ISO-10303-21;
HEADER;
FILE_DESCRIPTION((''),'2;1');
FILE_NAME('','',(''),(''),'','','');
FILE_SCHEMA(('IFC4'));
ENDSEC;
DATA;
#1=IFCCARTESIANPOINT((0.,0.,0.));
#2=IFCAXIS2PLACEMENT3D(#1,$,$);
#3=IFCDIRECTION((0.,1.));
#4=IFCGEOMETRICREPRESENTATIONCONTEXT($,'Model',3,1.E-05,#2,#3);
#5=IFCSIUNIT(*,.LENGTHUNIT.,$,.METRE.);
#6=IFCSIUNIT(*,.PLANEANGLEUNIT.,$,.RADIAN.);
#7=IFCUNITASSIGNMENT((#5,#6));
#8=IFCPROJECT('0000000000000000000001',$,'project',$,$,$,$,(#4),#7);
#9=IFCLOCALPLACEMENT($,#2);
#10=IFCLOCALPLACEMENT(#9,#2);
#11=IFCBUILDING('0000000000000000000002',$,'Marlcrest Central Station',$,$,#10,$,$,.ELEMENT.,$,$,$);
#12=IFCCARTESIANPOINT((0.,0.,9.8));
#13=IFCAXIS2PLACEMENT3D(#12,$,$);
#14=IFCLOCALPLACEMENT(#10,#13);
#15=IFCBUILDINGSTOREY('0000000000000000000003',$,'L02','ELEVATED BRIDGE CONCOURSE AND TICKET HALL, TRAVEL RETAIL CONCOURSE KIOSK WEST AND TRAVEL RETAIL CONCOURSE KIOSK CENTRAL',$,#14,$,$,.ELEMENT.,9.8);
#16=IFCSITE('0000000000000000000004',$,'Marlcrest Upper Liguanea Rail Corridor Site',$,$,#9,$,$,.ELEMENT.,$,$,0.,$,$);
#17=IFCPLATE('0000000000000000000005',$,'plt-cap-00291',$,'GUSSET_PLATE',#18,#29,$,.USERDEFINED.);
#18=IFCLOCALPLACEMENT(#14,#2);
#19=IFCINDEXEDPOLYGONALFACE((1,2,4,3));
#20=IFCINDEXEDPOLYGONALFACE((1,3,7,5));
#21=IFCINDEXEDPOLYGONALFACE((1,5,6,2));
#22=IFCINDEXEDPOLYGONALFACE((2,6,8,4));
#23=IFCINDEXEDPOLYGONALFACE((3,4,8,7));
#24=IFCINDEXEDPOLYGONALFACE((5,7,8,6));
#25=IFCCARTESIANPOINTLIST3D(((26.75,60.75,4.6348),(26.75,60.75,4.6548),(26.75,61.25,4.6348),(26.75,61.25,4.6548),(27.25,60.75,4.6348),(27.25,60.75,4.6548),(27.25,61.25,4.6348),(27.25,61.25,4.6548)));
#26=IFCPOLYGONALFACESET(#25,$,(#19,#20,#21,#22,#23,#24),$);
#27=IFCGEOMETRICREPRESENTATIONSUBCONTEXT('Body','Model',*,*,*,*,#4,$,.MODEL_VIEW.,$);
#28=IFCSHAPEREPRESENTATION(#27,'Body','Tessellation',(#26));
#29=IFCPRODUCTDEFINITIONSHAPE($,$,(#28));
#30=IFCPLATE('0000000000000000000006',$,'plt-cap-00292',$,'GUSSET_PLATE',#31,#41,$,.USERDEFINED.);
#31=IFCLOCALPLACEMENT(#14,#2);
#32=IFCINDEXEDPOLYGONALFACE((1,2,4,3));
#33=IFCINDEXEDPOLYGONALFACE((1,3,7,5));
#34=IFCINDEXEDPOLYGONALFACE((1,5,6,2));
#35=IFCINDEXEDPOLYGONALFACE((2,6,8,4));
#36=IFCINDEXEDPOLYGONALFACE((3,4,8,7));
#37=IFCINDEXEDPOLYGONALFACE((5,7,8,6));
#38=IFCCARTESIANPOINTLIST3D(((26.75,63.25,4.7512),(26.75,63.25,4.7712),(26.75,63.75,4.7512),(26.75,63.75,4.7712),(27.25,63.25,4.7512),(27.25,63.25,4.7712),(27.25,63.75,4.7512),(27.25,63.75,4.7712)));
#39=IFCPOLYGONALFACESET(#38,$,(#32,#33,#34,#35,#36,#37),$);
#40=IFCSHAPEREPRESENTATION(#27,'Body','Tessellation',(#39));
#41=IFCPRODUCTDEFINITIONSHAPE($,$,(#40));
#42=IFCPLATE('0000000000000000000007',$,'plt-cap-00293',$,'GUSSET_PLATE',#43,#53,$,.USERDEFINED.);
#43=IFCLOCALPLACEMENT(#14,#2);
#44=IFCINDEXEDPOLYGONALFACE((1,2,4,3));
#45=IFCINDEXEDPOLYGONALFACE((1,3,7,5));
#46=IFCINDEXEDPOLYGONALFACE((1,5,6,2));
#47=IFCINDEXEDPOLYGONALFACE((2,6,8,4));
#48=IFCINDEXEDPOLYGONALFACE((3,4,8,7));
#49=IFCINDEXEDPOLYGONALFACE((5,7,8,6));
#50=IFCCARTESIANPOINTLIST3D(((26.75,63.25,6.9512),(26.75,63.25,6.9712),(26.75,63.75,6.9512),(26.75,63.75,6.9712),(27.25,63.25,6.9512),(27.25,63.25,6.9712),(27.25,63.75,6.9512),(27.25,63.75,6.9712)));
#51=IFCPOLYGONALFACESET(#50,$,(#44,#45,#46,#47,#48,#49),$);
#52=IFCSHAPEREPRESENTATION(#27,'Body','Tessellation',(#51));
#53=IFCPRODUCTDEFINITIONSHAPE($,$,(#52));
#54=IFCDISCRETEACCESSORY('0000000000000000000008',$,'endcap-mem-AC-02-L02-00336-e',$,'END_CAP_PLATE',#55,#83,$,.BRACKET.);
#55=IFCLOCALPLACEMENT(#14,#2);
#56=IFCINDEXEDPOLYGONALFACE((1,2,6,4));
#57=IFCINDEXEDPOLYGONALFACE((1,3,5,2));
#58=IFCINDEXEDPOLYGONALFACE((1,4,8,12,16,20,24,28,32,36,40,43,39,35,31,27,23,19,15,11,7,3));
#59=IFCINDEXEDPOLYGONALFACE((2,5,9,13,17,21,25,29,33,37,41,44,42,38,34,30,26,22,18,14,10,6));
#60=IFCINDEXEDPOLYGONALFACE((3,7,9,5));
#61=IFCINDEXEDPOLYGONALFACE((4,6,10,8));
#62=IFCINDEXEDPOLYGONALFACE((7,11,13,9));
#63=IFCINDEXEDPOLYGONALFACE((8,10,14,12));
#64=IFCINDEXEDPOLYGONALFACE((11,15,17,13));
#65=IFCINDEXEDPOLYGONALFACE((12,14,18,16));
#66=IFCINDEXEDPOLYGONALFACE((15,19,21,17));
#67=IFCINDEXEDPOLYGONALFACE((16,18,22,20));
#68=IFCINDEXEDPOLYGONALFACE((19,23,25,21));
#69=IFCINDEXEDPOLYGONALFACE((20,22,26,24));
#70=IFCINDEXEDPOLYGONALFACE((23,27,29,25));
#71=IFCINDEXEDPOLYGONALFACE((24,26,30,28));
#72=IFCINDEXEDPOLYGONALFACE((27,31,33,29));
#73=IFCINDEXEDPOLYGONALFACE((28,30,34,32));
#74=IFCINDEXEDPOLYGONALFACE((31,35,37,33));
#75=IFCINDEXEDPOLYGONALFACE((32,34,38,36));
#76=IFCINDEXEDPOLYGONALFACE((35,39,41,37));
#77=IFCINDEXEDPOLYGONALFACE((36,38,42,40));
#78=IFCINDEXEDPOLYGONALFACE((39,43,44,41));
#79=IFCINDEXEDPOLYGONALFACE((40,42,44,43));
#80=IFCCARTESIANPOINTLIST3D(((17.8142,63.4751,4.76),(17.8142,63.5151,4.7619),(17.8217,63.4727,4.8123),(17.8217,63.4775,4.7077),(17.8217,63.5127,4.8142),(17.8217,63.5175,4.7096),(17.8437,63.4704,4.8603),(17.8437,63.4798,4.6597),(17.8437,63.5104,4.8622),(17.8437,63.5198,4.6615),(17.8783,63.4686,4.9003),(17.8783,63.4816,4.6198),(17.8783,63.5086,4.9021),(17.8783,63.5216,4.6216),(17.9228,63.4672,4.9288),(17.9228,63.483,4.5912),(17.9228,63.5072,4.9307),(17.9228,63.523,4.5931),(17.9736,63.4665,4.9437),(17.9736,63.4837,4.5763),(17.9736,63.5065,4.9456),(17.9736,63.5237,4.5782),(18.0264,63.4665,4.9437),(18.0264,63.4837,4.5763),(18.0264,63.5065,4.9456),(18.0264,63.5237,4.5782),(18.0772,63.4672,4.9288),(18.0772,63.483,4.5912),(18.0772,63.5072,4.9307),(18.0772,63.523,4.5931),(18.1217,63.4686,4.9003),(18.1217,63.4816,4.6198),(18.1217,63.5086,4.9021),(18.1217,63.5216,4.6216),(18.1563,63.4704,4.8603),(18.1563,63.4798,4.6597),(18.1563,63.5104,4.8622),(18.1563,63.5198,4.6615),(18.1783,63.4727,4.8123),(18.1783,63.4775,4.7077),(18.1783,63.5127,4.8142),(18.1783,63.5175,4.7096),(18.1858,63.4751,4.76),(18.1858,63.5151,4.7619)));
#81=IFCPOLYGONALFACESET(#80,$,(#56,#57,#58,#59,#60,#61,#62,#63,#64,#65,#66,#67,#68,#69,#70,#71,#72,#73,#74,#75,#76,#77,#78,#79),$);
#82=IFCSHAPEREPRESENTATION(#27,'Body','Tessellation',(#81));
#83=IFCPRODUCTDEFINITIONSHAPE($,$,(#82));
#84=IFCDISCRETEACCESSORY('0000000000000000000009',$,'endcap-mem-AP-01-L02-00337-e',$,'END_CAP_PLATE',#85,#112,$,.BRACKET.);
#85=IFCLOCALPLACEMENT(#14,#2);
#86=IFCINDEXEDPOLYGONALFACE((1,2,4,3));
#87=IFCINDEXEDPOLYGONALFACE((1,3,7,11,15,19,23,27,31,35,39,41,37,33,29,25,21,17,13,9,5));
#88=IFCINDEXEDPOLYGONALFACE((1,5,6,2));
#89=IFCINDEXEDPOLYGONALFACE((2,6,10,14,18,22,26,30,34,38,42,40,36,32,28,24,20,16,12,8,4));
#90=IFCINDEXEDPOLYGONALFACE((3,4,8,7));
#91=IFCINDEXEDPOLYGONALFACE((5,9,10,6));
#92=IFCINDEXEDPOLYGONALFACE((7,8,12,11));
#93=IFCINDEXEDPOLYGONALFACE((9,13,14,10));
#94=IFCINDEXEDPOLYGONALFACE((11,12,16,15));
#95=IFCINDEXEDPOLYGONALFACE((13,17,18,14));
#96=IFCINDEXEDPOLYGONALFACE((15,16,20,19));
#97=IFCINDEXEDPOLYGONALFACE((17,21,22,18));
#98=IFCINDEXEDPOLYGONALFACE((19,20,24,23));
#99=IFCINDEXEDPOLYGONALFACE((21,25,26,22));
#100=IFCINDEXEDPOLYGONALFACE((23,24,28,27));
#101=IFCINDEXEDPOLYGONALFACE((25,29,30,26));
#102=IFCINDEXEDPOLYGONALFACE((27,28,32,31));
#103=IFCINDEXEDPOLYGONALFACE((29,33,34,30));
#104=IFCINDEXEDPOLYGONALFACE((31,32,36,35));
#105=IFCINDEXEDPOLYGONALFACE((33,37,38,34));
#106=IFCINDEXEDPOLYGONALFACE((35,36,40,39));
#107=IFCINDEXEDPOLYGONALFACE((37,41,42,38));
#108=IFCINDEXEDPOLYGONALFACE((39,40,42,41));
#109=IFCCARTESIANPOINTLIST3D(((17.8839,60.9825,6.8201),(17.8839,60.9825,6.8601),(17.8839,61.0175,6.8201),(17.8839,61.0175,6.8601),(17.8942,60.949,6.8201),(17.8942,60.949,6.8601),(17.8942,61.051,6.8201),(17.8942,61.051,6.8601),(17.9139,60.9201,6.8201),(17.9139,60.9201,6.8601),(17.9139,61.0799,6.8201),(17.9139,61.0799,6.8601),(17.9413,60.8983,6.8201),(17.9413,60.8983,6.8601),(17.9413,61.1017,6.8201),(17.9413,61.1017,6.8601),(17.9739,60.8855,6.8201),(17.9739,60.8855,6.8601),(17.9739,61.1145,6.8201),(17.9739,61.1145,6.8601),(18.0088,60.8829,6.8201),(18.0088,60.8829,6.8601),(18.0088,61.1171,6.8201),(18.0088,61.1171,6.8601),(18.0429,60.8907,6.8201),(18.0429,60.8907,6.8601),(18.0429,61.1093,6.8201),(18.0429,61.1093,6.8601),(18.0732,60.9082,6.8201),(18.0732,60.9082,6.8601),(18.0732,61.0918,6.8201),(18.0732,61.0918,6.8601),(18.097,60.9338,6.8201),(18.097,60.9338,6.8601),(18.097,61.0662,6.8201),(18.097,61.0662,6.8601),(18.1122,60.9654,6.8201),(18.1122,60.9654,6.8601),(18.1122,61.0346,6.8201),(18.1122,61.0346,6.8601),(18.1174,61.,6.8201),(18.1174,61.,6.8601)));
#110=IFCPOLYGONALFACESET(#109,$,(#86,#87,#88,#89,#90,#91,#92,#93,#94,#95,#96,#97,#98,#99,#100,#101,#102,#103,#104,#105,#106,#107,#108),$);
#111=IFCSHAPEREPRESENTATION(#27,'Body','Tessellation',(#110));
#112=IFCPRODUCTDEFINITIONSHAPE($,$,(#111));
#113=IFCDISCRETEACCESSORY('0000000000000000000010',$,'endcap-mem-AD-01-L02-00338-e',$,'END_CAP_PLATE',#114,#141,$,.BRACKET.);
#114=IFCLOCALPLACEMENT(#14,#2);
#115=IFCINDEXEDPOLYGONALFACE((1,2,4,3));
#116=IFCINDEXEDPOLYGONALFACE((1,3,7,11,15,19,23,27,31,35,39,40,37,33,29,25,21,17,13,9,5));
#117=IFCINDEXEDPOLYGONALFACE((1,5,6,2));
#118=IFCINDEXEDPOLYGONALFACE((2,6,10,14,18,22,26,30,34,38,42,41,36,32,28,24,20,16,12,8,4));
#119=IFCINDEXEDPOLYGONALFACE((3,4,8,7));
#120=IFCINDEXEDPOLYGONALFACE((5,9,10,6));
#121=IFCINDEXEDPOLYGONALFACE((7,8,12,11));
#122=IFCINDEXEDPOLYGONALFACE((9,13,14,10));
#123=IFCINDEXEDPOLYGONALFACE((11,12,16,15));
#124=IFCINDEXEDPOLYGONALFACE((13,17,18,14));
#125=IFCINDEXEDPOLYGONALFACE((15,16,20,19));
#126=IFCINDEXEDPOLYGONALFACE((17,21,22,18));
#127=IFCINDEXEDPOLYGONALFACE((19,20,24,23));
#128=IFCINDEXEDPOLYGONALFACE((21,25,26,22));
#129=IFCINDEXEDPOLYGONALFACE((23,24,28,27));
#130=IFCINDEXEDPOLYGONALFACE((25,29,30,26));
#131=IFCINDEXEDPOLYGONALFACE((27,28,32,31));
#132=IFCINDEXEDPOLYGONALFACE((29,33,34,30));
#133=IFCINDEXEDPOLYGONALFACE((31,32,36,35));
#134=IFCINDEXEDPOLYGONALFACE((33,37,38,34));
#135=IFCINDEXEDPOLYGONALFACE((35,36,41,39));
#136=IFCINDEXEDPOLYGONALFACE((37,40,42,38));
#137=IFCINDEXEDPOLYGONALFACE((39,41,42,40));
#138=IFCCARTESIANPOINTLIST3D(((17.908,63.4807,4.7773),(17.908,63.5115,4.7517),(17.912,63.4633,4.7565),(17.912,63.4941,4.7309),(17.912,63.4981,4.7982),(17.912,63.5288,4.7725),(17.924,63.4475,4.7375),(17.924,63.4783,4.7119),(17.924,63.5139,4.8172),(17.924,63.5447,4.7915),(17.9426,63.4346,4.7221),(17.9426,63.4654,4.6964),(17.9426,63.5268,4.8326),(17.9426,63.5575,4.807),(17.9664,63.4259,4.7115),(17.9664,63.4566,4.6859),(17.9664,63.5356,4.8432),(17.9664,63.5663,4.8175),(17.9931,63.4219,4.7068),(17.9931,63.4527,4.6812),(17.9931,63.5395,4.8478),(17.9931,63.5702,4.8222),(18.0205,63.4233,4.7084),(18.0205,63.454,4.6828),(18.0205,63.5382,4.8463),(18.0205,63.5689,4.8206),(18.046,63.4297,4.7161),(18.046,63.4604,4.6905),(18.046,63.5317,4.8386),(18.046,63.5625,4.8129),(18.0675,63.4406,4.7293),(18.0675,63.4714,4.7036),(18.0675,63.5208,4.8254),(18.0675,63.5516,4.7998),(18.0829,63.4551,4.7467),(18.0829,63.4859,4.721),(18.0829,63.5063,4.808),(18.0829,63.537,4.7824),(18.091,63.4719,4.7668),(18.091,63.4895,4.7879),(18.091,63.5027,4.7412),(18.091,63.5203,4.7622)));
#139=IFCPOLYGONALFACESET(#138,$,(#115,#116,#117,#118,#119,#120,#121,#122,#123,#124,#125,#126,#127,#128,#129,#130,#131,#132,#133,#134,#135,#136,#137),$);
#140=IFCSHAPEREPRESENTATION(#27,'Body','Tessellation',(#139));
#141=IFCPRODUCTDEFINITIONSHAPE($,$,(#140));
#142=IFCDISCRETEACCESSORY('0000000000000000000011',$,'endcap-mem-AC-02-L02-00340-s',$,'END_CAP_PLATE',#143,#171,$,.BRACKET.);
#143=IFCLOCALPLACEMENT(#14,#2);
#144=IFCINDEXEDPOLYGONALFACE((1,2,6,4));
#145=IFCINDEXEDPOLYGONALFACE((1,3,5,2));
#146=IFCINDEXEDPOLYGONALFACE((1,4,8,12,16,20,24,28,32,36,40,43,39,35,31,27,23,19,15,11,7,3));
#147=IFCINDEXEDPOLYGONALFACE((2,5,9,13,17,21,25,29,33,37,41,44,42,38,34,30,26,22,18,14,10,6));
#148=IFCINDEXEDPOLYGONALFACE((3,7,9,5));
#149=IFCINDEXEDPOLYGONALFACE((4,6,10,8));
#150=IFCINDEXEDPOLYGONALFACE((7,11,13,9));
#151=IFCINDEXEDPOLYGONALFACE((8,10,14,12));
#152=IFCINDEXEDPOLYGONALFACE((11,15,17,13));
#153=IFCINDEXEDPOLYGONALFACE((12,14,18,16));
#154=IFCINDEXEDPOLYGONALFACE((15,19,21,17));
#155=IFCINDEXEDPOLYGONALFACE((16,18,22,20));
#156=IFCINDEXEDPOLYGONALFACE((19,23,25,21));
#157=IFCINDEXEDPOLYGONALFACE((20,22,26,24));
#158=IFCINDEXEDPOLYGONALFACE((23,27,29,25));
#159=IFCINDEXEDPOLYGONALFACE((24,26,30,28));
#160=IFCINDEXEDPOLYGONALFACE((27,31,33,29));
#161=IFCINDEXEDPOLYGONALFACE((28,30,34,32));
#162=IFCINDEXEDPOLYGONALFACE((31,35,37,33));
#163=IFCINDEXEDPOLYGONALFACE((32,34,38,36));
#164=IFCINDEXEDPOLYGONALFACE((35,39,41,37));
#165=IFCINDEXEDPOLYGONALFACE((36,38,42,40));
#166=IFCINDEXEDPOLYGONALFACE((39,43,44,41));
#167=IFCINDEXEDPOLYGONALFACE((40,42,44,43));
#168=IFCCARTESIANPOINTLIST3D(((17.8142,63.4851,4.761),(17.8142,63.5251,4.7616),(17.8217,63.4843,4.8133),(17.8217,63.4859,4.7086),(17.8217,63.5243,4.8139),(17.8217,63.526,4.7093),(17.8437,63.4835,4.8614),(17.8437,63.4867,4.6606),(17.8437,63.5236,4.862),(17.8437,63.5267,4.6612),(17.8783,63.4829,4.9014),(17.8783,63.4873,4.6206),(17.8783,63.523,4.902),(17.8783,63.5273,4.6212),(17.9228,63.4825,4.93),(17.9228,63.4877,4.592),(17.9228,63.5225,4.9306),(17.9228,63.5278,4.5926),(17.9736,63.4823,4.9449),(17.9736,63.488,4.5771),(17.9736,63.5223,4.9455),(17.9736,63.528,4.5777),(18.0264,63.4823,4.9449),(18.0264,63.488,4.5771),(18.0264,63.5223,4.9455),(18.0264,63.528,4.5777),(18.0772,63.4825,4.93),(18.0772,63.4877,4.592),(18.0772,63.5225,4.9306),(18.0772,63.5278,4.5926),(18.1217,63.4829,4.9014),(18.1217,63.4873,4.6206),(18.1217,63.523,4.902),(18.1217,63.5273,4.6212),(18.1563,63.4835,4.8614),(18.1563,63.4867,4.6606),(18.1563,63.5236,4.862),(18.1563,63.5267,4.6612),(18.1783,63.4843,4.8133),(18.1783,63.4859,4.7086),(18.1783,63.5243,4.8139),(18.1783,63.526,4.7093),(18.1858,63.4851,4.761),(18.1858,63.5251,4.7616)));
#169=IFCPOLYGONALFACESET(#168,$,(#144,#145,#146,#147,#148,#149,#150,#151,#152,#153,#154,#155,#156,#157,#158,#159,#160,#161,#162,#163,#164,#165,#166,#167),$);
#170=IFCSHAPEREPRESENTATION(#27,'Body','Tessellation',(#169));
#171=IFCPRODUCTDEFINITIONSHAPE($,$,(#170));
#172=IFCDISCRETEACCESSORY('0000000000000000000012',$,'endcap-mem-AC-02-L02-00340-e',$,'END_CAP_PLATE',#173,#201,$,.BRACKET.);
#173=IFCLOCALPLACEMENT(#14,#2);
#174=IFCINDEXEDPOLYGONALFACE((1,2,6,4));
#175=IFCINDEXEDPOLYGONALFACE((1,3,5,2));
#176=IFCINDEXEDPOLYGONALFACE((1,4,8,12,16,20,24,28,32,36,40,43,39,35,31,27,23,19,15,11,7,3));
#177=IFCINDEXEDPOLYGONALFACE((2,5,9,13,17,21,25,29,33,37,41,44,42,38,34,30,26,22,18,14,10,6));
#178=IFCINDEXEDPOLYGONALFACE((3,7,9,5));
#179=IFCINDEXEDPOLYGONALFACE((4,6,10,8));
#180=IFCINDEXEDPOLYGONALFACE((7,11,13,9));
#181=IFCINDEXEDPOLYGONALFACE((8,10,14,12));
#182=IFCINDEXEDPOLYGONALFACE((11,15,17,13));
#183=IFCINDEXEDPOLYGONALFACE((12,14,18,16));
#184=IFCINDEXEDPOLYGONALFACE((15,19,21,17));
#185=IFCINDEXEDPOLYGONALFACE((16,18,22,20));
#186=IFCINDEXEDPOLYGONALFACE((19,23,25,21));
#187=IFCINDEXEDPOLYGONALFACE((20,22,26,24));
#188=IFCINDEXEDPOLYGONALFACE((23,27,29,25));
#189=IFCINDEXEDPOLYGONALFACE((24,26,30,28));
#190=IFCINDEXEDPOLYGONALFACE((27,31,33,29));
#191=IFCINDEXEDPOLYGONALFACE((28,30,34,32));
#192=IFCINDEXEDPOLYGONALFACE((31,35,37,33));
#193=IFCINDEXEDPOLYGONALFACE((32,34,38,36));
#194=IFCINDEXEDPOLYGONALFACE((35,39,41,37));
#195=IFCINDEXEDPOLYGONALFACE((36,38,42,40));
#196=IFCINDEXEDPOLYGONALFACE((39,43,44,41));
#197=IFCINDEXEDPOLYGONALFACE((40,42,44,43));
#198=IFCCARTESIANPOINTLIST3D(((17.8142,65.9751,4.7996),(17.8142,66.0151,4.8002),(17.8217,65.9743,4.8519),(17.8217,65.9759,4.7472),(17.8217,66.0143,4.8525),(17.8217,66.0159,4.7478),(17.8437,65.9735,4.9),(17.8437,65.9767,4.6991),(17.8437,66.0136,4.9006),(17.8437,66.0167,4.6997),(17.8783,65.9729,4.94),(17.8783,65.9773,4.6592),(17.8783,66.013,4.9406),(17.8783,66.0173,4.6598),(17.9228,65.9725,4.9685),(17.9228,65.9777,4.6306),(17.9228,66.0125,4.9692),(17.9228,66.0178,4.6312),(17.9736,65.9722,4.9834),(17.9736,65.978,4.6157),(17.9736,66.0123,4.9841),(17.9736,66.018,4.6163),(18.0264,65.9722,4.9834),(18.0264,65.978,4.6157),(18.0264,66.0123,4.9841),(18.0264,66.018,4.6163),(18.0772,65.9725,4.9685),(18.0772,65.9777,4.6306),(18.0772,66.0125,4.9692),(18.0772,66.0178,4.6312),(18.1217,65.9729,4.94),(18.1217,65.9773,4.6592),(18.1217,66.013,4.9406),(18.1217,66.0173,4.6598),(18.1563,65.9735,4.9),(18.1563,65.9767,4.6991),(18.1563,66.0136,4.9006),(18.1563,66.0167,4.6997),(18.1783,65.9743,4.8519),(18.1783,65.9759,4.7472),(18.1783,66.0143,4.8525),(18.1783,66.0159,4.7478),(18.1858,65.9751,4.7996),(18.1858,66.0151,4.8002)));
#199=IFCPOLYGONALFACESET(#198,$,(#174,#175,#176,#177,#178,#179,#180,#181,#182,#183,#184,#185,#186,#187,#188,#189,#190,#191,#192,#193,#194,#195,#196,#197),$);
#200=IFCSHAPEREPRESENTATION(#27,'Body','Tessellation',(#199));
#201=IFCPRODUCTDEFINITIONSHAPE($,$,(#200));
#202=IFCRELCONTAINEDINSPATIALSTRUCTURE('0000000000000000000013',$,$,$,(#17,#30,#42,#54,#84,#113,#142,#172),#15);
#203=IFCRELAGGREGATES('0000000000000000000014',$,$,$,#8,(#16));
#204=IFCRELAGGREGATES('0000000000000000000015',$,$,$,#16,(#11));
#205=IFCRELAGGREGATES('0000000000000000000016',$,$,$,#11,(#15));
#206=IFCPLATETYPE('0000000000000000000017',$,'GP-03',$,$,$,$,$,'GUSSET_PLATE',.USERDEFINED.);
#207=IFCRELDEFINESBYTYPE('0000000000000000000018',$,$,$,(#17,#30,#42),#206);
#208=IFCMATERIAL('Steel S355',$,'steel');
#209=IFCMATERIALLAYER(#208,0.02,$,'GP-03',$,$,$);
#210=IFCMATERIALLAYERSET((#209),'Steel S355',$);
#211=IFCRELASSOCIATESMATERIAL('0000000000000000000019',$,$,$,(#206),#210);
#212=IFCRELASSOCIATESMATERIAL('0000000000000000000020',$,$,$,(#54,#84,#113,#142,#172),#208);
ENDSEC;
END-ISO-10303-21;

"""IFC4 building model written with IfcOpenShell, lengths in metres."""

from ifc_helpers import new_model, si_unit, direction, frame, origin, origin_2d, place, context, subcontext, project, spatial, rectangle, circle, extrude, material, layer, layer_set, type_object, element, save


model = new_model("IFC4")

# Units and contexts
model_context = context("Model", 3, precision=1e-05, world=origin(), true_north=direction((0.0, 1.0)))
body_context = subcontext(model_context, "Body", "Model", "MODEL_VIEW")
ifc_project = project(units=[si_unit("LENGTHUNIT", "METRE"), si_unit("PLANEANGLEUNIT", "RADIAN")], contexts=[model_context])

# Site, building, storey
site_placement = place(None, origin())
site = spatial("IfcSite", under=ifc_project, at=site_placement, Name="Marlcrest Upper Liguanea Rail Corridor Site", CompositionType="ELEMENT", RefElevation=0.0)
building_placement = place(site_placement, origin())
building = spatial("IfcBuilding", under=site, at=building_placement, Name="Marlcrest Central Station", CompositionType="ELEMENT")
storey_placement = place(building_placement, frame((0.0, 0.0, 9.8)))
storey = spatial("IfcBuildingStorey", under=building, at=storey_placement, Name="L02", Description="ELEVATED BRIDGE CONCOURSE AND TICKET HALL, TRAVEL RETAIL CONCOURSE KIOSK WEST AND TRAVEL RETAIL CONCOURSE KIOSK CENTRAL", CompositionType="ELEMENT", Elevation=9.8)

# Shared definitions
ifc_material = material(Name="Steel S355", Category="steel")

# Plates
ifc_layer = layer(ifc_material, 0.02, Name="GP-03")
ifc_layer_set = layer_set([ifc_layer], Name="Steel S355")
plate_type = type_object("IfcPlateType", Name="GP-03", ElementType="GUSSET_PLATE", PredefinedType="USERDEFINED", material=ifc_layer_set)
for number, where, z_axis, x_axis, name in (
    (1, (27.0, 61.0, 4.6348), (0.0, 0.0, 1.0), (1.0, 0.0, 0.0), "plt-cap-00291"),
    (2, (27.0, 63.5, 4.7512), (0.0, 0.0, 1.0), (1.0, 0.0, 0.0), "plt-cap-00292"),
    (3, (27.0, 63.5, 6.9512), (0.0, 0.0, 1.0), (1.0, 0.0, 0.0), "plt-cap-00293"),
):
    element("IfcPlate", number, at=place(storey_placement, frame(where, z_axis=z_axis, x_axis=x_axis)), inside=storey, type_object=plate_type, Name=name, ObjectType="GUSSET_PLATE", PredefinedType="USERDEFINED", context=body_context, shape_type="SweptSolid", body=[
        extrude(rectangle(XDim=0.5, YDim=0.5, at=origin_2d()), origin(), (0.0, 0.0, 1.0), 0.02),
    ])

# Discrete accessories
discrete_accessory_1_placement = place(storey_placement, frame((18.0, 63.4751, 4.76), z_axis=(0.0, 0.998917, 0.046532), x_axis=(-1.0, 0.0, 0.0)))
element("IfcDiscreteAccessory", 4, at=discrete_accessory_1_placement, inside=storey, material=ifc_material, Name="endcap-mem-AC-02-L02-00336-e", ObjectType="END_CAP_PLATE", PredefinedType="BRACKET", context=body_context, shape_type="SweptSolid", body=[
    extrude(circle(Radius=0.1858, at=origin_2d()), origin(), (0.0, 0.0, 1.0), 0.04),
])
discrete_accessory_2_placement = place(storey_placement, frame((18.0, 61.0, 6.8201), z_axis=(0.0, 0.0, 1.0), x_axis=(1.0, 0.0, 0.0)))
element("IfcDiscreteAccessory", 5, at=discrete_accessory_2_placement, inside=storey, material=ifc_material, Name="endcap-mem-AP-01-L02-00337-e", ObjectType="END_CAP_PLATE", PredefinedType="BRACKET", context=body_context, shape_type="SweptSolid", body=[
    extrude(circle(Radius=0.1174, at=origin_2d()), origin(), (0.0, 0.0, 1.0), 0.04),
])
discrete_accessory_3_placement = place(storey_placement, frame((18.0, 63.4807, 4.7773), z_axis=(0.0, 0.76816, -0.640258), x_axis=(-1.0, 0.0, 0.0)))
element("IfcDiscreteAccessory", 6, at=discrete_accessory_3_placement, inside=storey, material=ifc_material, Name="endcap-mem-AD-01-L02-00338-e", ObjectType="END_CAP_PLATE", PredefinedType="BRACKET", context=body_context, shape_type="SweptSolid", body=[
    extrude(circle(Radius=0.092, at=origin_2d()), origin(), (0.0, 0.0, 1.0), 0.04),
])
for number, where, z_axis, x_axis, name in (
    (7, (18.0, 63.4851, 4.761), (0.0, 0.999879, 0.015525), (-1.0, 0.0, 0.0), "endcap-mem-AC-02-L02-00340-s"),
    (8, (18.0, 65.9751, 4.7996), (0.0, 0.999879, 0.015525), (-1.0, 0.0, 0.0), "endcap-mem-AC-02-L02-00340-e"),
):
    element("IfcDiscreteAccessory", number, at=place(storey_placement, frame(where, z_axis=z_axis, x_axis=x_axis)), inside=storey, material=ifc_material, Name=name, ObjectType="END_CAP_PLATE", PredefinedType="BRACKET", context=body_context, shape_type="SweptSolid", body=[
        extrude(circle(Radius=0.1858, at=origin_2d()), origin(), (0.0, 0.0, 1.0), 0.04),
    ])

save(model, "model.ifc")
